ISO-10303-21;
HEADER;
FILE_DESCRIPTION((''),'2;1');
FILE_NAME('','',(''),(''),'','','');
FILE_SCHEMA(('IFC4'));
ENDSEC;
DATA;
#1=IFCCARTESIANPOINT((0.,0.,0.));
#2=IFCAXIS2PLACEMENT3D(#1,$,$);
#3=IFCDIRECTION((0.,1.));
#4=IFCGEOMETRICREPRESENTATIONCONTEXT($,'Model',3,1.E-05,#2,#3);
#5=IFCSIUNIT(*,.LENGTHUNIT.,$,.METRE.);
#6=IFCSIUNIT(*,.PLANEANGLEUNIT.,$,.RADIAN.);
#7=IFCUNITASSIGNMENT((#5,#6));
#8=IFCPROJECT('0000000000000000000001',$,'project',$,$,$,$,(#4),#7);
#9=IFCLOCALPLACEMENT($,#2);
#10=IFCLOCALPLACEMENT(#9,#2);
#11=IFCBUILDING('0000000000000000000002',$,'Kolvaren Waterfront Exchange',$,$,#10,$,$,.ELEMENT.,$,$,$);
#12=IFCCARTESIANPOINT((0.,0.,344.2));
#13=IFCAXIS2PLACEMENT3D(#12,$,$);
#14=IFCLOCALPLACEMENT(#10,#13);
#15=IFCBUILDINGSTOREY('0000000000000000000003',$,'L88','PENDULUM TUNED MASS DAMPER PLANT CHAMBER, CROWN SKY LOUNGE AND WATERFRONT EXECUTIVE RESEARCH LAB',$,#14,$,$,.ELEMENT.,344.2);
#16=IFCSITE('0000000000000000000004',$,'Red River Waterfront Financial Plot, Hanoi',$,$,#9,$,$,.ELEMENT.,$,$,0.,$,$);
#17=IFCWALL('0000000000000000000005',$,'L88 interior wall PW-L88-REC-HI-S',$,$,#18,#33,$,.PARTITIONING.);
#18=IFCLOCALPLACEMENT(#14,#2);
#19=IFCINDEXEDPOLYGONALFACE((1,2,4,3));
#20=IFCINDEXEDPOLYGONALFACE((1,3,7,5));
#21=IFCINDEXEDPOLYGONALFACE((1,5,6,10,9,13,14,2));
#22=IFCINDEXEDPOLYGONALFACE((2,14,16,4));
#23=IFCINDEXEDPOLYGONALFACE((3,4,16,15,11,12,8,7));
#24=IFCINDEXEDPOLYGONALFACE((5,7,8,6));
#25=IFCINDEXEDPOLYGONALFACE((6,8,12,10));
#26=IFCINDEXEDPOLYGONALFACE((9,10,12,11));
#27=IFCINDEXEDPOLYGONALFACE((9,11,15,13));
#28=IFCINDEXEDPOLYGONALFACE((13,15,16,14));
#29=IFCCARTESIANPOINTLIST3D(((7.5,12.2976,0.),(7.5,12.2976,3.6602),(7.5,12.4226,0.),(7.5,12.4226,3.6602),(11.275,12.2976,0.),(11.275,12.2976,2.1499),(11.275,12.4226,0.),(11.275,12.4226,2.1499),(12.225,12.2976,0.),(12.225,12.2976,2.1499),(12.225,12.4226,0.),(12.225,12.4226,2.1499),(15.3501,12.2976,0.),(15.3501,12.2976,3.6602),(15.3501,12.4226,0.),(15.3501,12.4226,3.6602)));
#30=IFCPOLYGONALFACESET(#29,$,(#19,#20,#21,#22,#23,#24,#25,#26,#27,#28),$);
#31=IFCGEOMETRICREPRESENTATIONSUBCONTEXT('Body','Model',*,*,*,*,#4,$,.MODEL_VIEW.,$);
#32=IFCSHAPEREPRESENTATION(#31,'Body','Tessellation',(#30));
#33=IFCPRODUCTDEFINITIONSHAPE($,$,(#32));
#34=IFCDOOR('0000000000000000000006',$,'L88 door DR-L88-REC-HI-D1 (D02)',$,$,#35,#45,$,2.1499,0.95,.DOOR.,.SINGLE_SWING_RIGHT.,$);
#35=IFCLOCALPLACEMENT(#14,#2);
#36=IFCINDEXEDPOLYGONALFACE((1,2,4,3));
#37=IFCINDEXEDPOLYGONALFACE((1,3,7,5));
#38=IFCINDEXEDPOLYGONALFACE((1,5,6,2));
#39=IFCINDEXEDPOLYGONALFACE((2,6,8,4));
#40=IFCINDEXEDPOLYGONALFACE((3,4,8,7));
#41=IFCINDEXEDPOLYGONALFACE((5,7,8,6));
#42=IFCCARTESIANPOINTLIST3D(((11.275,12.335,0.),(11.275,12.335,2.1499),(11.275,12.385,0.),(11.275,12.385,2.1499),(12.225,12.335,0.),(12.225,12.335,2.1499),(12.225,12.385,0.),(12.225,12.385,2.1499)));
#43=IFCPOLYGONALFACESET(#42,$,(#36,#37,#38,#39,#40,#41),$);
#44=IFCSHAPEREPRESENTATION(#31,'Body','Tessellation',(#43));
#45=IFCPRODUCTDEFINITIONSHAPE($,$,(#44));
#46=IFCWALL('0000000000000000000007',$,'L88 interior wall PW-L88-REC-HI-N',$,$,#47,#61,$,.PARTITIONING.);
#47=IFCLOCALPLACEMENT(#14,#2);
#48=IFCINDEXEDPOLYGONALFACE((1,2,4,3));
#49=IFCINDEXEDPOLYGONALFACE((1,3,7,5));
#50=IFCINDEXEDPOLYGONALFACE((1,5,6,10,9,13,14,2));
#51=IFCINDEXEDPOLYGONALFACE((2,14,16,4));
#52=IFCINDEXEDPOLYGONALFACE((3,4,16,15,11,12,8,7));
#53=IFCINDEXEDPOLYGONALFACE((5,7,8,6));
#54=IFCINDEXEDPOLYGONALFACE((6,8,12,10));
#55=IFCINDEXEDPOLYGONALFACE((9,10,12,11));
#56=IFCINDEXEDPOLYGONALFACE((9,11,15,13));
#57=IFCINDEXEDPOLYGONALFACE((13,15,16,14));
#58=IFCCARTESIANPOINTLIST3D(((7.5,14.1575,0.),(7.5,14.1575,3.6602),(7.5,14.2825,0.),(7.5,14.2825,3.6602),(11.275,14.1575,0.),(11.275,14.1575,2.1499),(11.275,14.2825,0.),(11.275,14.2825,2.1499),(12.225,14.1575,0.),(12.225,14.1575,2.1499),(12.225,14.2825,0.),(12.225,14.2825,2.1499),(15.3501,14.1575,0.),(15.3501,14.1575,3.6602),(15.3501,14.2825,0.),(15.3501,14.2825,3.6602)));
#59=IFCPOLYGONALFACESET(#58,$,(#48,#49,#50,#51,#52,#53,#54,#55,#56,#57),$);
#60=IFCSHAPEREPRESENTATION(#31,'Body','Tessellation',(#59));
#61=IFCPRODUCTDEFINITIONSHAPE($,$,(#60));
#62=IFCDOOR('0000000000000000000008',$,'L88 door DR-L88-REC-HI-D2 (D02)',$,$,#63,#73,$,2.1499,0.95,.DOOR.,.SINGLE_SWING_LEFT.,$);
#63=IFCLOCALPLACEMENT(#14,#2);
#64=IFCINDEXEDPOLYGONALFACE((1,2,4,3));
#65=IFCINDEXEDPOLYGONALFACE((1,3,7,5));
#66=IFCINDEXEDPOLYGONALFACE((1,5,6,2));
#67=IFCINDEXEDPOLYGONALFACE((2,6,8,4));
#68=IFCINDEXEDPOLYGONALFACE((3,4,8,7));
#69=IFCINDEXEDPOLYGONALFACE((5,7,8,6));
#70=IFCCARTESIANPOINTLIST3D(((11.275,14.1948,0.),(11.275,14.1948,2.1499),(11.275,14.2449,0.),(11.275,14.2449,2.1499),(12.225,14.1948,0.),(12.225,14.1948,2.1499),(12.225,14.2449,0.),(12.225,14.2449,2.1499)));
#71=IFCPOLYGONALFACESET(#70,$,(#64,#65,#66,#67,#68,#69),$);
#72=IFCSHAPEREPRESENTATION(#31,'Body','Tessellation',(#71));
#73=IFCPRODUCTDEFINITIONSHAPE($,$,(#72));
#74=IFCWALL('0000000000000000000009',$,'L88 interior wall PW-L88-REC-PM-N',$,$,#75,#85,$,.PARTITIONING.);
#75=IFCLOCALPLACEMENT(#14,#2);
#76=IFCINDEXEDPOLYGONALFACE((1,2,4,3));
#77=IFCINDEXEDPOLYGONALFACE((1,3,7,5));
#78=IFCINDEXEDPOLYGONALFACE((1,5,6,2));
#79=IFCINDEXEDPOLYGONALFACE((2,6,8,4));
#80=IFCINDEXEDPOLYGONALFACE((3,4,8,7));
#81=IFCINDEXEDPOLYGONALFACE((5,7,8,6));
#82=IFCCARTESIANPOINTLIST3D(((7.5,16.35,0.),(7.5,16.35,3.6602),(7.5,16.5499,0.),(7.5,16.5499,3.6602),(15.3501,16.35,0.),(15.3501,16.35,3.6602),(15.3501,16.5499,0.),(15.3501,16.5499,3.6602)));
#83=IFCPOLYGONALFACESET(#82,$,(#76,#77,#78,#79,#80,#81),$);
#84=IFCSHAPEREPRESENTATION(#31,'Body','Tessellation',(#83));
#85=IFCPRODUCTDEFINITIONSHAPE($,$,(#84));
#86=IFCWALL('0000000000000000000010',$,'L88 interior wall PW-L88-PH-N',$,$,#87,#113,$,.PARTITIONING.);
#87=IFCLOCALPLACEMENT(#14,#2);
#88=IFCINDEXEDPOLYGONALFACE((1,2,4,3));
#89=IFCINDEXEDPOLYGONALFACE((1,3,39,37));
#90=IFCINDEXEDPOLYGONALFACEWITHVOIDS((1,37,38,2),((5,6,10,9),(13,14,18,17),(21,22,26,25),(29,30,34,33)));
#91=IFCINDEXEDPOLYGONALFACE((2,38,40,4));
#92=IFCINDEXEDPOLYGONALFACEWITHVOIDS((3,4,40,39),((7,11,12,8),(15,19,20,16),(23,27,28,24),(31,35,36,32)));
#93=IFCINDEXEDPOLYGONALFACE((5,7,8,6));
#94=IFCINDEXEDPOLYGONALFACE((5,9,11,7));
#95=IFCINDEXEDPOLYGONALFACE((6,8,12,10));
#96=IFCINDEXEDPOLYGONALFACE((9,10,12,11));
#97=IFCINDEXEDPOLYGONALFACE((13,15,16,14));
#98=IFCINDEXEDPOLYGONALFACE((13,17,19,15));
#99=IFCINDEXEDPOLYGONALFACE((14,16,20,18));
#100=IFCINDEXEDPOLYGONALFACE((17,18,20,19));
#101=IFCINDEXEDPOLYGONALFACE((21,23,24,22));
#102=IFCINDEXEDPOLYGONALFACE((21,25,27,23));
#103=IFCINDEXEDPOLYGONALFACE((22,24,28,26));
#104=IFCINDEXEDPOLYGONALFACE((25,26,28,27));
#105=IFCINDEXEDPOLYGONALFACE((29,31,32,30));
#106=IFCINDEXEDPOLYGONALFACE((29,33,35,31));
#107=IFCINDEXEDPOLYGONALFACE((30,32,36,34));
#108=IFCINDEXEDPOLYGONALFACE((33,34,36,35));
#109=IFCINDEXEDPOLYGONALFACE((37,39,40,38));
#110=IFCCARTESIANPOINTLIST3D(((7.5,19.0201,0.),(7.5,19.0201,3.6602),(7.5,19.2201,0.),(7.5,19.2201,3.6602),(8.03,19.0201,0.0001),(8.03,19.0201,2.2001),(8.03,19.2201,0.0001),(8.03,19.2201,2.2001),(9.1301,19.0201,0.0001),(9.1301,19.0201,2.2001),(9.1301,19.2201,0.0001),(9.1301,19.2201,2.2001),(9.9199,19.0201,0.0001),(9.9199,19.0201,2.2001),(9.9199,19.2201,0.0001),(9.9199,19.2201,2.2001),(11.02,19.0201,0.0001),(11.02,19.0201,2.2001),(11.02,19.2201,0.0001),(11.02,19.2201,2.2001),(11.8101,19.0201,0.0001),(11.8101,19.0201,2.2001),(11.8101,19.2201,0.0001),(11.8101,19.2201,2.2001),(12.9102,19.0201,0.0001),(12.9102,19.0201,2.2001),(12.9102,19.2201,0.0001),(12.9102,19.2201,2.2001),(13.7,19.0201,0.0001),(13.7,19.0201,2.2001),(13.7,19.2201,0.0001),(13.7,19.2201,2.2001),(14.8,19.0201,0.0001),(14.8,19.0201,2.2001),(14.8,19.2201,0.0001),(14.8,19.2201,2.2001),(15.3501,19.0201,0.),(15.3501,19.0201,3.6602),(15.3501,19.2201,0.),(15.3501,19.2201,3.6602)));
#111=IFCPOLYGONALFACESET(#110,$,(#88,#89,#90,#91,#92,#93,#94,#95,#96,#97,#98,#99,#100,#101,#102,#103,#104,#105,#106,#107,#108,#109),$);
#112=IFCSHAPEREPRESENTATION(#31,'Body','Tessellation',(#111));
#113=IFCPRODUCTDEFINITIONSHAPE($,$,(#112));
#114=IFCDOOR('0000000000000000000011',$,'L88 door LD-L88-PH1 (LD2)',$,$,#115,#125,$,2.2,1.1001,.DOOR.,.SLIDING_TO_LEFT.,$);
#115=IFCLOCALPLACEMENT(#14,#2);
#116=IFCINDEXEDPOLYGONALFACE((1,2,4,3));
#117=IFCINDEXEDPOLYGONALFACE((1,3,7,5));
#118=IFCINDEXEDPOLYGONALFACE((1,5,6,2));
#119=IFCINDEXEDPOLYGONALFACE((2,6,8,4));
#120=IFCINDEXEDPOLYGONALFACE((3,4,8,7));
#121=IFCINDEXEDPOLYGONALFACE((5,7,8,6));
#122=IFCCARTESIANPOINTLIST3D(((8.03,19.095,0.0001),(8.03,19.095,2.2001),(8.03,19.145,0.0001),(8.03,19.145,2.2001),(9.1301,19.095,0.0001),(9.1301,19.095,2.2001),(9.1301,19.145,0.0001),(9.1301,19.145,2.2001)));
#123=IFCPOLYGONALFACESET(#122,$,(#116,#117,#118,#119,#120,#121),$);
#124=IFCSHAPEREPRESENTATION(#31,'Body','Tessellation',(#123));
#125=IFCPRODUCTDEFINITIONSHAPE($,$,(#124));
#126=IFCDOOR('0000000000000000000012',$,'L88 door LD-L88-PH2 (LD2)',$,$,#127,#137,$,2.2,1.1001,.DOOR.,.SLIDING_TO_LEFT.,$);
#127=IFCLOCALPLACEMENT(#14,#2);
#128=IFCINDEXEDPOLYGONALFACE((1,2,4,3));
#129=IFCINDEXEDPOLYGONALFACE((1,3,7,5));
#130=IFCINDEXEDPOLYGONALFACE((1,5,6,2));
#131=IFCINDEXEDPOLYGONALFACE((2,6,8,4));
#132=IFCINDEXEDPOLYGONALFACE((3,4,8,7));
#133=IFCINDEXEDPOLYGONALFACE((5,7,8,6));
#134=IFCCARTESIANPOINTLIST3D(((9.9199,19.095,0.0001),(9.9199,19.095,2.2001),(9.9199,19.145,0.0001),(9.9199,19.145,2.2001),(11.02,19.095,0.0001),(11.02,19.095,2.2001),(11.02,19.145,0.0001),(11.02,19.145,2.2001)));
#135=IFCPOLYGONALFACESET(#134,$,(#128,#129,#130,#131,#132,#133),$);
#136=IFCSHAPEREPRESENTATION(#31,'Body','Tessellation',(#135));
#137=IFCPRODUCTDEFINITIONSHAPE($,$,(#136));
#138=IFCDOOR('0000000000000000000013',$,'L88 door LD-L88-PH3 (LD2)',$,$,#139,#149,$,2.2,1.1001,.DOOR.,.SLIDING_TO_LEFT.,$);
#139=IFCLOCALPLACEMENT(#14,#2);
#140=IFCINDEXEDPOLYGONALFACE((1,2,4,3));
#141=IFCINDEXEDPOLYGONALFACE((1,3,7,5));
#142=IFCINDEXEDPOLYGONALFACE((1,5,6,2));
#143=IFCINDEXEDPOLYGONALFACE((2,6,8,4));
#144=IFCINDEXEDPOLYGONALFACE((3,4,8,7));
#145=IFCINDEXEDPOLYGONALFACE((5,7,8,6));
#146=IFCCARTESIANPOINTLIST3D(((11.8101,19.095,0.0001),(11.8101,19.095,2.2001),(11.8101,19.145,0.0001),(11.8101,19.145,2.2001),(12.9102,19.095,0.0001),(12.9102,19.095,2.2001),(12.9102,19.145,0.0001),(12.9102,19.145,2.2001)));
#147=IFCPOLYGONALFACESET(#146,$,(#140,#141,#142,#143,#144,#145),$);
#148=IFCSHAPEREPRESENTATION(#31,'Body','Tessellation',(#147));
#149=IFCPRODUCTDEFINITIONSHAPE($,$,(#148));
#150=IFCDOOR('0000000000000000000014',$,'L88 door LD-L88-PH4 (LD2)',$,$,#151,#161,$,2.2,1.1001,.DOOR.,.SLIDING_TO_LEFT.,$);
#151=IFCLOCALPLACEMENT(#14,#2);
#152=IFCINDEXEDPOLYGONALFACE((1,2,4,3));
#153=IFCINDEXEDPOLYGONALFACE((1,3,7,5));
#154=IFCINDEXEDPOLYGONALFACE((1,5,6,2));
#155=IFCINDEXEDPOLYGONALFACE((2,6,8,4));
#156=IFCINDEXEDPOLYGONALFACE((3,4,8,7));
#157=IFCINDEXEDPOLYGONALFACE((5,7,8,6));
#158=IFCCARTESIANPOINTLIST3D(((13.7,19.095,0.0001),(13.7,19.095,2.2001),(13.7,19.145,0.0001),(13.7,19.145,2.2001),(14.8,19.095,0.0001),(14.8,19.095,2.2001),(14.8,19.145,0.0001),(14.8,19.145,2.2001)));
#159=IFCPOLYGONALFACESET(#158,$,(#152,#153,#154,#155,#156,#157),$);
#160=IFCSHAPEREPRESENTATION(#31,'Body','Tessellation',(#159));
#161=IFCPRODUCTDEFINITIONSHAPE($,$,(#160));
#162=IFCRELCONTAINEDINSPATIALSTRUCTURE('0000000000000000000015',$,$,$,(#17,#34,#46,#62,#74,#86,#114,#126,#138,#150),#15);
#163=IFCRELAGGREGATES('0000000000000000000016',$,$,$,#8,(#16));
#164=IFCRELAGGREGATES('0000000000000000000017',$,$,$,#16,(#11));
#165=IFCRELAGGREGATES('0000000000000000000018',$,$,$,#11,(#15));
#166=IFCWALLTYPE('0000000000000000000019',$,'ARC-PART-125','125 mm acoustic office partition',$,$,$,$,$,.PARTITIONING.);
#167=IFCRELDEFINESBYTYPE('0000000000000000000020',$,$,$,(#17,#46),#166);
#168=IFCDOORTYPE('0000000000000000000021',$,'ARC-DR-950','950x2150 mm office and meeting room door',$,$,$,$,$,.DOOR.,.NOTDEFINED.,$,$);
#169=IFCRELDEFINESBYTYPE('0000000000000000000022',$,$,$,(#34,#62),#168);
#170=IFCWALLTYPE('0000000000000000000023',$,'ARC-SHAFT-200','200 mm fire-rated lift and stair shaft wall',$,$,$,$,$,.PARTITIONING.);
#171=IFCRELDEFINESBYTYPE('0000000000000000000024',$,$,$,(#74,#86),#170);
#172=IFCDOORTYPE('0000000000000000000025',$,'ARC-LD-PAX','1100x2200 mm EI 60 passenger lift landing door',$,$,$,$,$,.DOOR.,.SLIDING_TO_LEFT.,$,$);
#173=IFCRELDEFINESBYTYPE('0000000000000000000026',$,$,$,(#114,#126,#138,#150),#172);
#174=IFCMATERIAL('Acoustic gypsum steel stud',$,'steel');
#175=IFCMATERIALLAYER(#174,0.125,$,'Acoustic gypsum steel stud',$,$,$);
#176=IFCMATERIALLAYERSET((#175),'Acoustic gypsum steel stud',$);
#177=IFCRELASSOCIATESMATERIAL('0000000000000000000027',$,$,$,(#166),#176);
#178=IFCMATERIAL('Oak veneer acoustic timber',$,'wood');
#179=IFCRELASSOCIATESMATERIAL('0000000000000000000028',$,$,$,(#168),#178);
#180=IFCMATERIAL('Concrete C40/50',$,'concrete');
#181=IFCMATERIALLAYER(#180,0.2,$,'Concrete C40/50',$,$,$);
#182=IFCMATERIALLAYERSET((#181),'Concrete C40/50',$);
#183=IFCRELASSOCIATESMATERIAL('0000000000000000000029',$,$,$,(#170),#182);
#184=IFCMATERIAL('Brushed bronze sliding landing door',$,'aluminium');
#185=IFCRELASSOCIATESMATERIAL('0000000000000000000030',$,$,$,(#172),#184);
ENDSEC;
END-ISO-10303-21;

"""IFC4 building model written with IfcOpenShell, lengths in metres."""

from ifc_helpers import new_model, si_unit, direction, frame, frame_2d, origin, place, context, subcontext, project, spatial, rectangle, extrude, material, layer, layer_set, type_object, element, fill, save


model = new_model("IFC4")

# Units and contexts
model_context = context("Model", 3, precision=1e-05, world=origin(), true_north=direction((0.0, 1.0)))
body_context = subcontext(model_context, "Body", "Model", "MODEL_VIEW")
ifc_project = project(units=[si_unit("LENGTHUNIT", "METRE"), si_unit("PLANEANGLEUNIT", "RADIAN")], contexts=[model_context])

# Site, building, storey
site_placement = place(None, origin())
site = spatial("IfcSite", under=ifc_project, at=site_placement, Name="Red River Waterfront Financial Plot, Hanoi", CompositionType="ELEMENT", RefElevation=0.0)
building_placement = place(site_placement, origin())
building = spatial("IfcBuilding", under=site, at=building_placement, Name="Kolvaren Waterfront Exchange", CompositionType="ELEMENT")
storey_placement = place(building_placement, frame((0.0, 0.0, 344.2)))
storey = spatial("IfcBuildingStorey", under=building, at=storey_placement, Name="L88", Description="PENDULUM TUNED MASS DAMPER PLANT CHAMBER, CROWN SKY LOUNGE AND WATERFRONT EXECUTIVE RESEARCH LAB", CompositionType="ELEMENT", Elevation=344.2)

# Walls, openings, doors
ifc_material_1 = material(Name="Acoustic gypsum steel stud", Category="steel")
ifc_layer_1 = layer(ifc_material_1, 0.125, Name="Acoustic gypsum steel stud")
ifc_layer_set_1 = layer_set([ifc_layer_1], Name="Acoustic gypsum steel stud")
wall_type_1 = type_object("IfcWallType", Name="ARC-PART-125", Description="125 mm acoustic office partition", PredefinedType="PARTITIONING", material=ifc_layer_set_1)
wall_1_placement = place(storey_placement, frame((7.5, 12.3601, 0.0), z_axis=(0.0, 0.0, 1.0), x_axis=(1.0, 0.0, 0.0)))
wall_1 = element("IfcWall", 1, at=wall_1_placement, inside=storey, type_object=wall_type_1, Name="L88 interior wall PW-L88-REC-HI-S", PredefinedType="PARTITIONING", context=body_context, shape_type="SweptSolid", body=[
    extrude(rectangle(XDim=7.8501, YDim=0.125, at=frame_2d((3.925, 0.0))), origin(), (0.0, 0.0, 1.0), 3.6602),
])
opening_1_placement = place(wall_1_placement, frame((3.7749, 0.0, 0.0)))
opening_1 = element("IfcOpeningElement", 2, at=opening_1_placement, cuts=wall_1, PredefinedType="OPENING", context=body_context, shape_type="SweptSolid", body=[
    extrude(rectangle(XDim=0.95, YDim=2.1499, at=frame_2d((0.4751, 1.075))), frame((0.0, 0.0725, 0.0), z_axis=(0.0, -1.0, 0.0), x_axis=(1.0, 0.0, 0.0)), (0.0, 0.0, 1.0), 0.145),
])
ifc_material_2 = material(Name="Oak veneer acoustic timber", Category="wood")
door_type_1 = type_object("IfcDoorType", Name="ARC-DR-950", Description="950x2150 mm office and meeting room door", OperationType="NOTDEFINED", PredefinedType="DOOR", material=ifc_material_2)
door_1_placement = place(opening_1_placement, origin())
door_1 = element("IfcDoor", 3, at=door_1_placement, inside=storey, type_object=door_type_1, Name="L88 door DR-L88-REC-HI-D1 (D02)", OperationType="SINGLE_SWING_RIGHT", OverallHeight=2.1499, OverallWidth=0.95, PredefinedType="DOOR", context=body_context, shape_type="SweptSolid", body=[
    extrude(rectangle(XDim=0.95, YDim=2.1499, at=frame_2d((0.4751, 1.075))), frame((0.0, 0.0249, 0.0), z_axis=(0.0, -1.0, 0.0), x_axis=(1.0, 0.0, 0.0)), (0.0, 0.0, 1.0), 0.05),
])
fill(opening_1, door_1)
wall_2_placement = place(storey_placement, frame((7.5, 14.22, 0.0), z_axis=(0.0, 0.0, 1.0), x_axis=(1.0, 0.0, 0.0)))
wall_2 = element("IfcWall", 4, at=wall_2_placement, inside=storey, type_object=wall_type_1, Name="L88 interior wall PW-L88-REC-HI-N", PredefinedType="PARTITIONING", context=body_context, shape_type="SweptSolid", body=[
    extrude(rectangle(XDim=7.8501, YDim=0.125, at=frame_2d((3.925, 0.0))), origin(), (0.0, 0.0, 1.0), 3.6602),
])
opening_2_placement = place(wall_2_placement, frame((3.7749, 0.0, 0.0)))
opening_2 = element("IfcOpeningElement", 5, at=opening_2_placement, cuts=wall_2, PredefinedType="OPENING", context=body_context, shape_type="SweptSolid", body=[
    extrude(rectangle(XDim=0.95, YDim=2.1499, at=frame_2d((0.4751, 1.075))), frame((0.0, 0.0725, 0.0), z_axis=(0.0, -1.0, 0.0), x_axis=(1.0, 0.0, 0.0)), (0.0, 0.0, 1.0), 0.145),
])
door_2_placement = place(opening_2_placement, origin())
door_2 = element("IfcDoor", 6, at=door_2_placement, inside=storey, type_object=door_type_1, Name="L88 door DR-L88-REC-HI-D2 (D02)", OperationType="SINGLE_SWING_LEFT", OverallHeight=2.1499, OverallWidth=0.95, PredefinedType="DOOR", context=body_context, shape_type="SweptSolid", body=[
    extrude(rectangle(XDim=0.95, YDim=2.1499, at=frame_2d((0.4751, 1.075))), frame((0.0, 0.0249, 0.0), z_axis=(0.0, -1.0, 0.0), x_axis=(1.0, 0.0, 0.0)), (0.0, 0.0, 1.0), 0.05),
])
fill(opening_2, door_2)

# Wall
ifc_material_3 = material(Name="Concrete C40/50", Category="concrete")
ifc_layer_2 = layer(ifc_material_3, 0.2, Name="Concrete C40/50")
ifc_layer_set_2 = layer_set([ifc_layer_2], Name="Concrete C40/50")
wall_type_2 = type_object("IfcWallType", Name="ARC-SHAFT-200", Description="200 mm fire-rated lift and stair shaft wall", PredefinedType="PARTITIONING", material=ifc_layer_set_2)
wall_3_placement = place(storey_placement, frame((7.5, 16.45, 0.0), z_axis=(0.0, 0.0, 1.0), x_axis=(1.0, 0.0, 0.0)))
element("IfcWall", 7, at=wall_3_placement, inside=storey, type_object=wall_type_2, Name="L88 interior wall PW-L88-REC-PM-N", PredefinedType="PARTITIONING", context=body_context, shape_type="SweptSolid", body=[
    extrude(rectangle(XDim=7.8501, YDim=0.2, at=frame_2d((3.925, 0.0))), origin(), (0.0, 0.0, 1.0), 3.6602),
])

# Wall, openings, doors
wall_4_placement = place(storey_placement, frame((7.5, 19.1201, 0.0), z_axis=(0.0, 0.0, 1.0), x_axis=(1.0, 0.0, 0.0)))
wall_4 = element("IfcWall", 8, at=wall_4_placement, inside=storey, type_object=wall_type_2, Name="L88 interior wall PW-L88-PH-N", PredefinedType="PARTITIONING", context=body_context, shape_type="SweptSolid", body=[
    extrude(rectangle(XDim=7.8501, YDim=0.2, at=frame_2d((3.925, 0.0))), origin(), (0.0, 0.0, 1.0), 3.6602),
])
opening_3_placement = place(wall_4_placement, frame((0.53, 0.0, 0.0)))
opening_3 = element("IfcOpeningElement", 9, at=opening_3_placement, cuts=wall_4, PredefinedType="OPENING", context=body_context, shape_type="SweptSolid", body=[
    extrude(rectangle(XDim=1.1001, YDim=2.2, at=frame_2d((0.55, 1.1001))), frame((0.0, 0.1099, 0.0), z_axis=(0.0, -1.0, 0.0), x_axis=(1.0, 0.0, 0.0)), (0.0, 0.0, 1.0), 0.22),
])
opening_4_placement = place(wall_4_placement, frame((2.4199, 0.0, 0.0)))
opening_4 = element("IfcOpeningElement", 10, at=opening_4_placement, cuts=wall_4, PredefinedType="OPENING", context=body_context, shape_type="SweptSolid", body=[
    extrude(rectangle(XDim=1.1001, YDim=2.2, at=frame_2d((0.55, 1.1001))), frame((0.0, 0.1099, 0.0), z_axis=(0.0, -1.0, 0.0), x_axis=(1.0, 0.0, 0.0)), (0.0, 0.0, 1.0), 0.22),
])
opening_5_placement = place(wall_4_placement, frame((4.3101, 0.0, 0.0)))
opening_5 = element("IfcOpeningElement", 11, at=opening_5_placement, cuts=wall_4, PredefinedType="OPENING", context=body_context, shape_type="SweptSolid", body=[
    extrude(rectangle(XDim=1.1001, YDim=2.2, at=frame_2d((0.55, 1.1001))), frame((0.0, 0.1099, 0.0), z_axis=(0.0, -1.0, 0.0), x_axis=(1.0, 0.0, 0.0)), (0.0, 0.0, 1.0), 0.22),
])
opening_6_placement = place(wall_4_placement, frame((6.2, 0.0, 0.0)))
opening_6 = element("IfcOpeningElement", 12, at=opening_6_placement, cuts=wall_4, PredefinedType="OPENING", context=body_context, shape_type="SweptSolid", body=[
    extrude(rectangle(XDim=1.1001, YDim=2.2, at=frame_2d((0.55, 1.1001))), frame((0.0, 0.1099, 0.0), z_axis=(0.0, -1.0, 0.0), x_axis=(1.0, 0.0, 0.0)), (0.0, 0.0, 1.0), 0.22),
])
ifc_material_4 = material(Name="Brushed bronze sliding landing door", Category="aluminium")
door_type_2 = type_object("IfcDoorType", Name="ARC-LD-PAX", Description="1100x2200 mm EI 60 passenger lift landing door", OperationType="SLIDING_TO_LEFT", PredefinedType="DOOR", material=ifc_material_4)
door_3_placement = place(opening_3_placement, origin())
door_3 = element("IfcDoor", 13, at=door_3_placement, inside=storey, type_object=door_type_2, Name="L88 door LD-L88-PH1 (LD2)", OperationType="SLIDING_TO_LEFT", OverallHeight=2.2, OverallWidth=1.1001, PredefinedType="DOOR", context=body_context, shape_type="SweptSolid", body=[
    extrude(rectangle(XDim=1.1001, YDim=2.2, at=frame_2d((0.55, 1.1001))), frame((0.0, 0.0249, 0.0), z_axis=(0.0, -1.0, 0.0), x_axis=(1.0, 0.0, 0.0)), (0.0, 0.0, 1.0), 0.05),
])
fill(opening_3, door_3)
door_4_placement = place(opening_4_placement, origin())
door_4 = element("IfcDoor", 14, at=door_4_placement, inside=storey, type_object=door_type_2, Name="L88 door LD-L88-PH2 (LD2)", OperationType="SLIDING_TO_LEFT", OverallHeight=2.2, OverallWidth=1.1001, PredefinedType="DOOR", context=body_context, shape_type="SweptSolid", body=[
    extrude(rectangle(XDim=1.1001, YDim=2.2, at=frame_2d((0.55, 1.1001))), frame((0.0, 0.0249, 0.0), z_axis=(0.0, -1.0, 0.0), x_axis=(1.0, 0.0, 0.0)), (0.0, 0.0, 1.0), 0.05),
])
fill(opening_4, door_4)
door_5_placement = place(opening_5_placement, origin())
door_5 = element("IfcDoor", 15, at=door_5_placement, inside=storey, type_object=door_type_2, Name="L88 door LD-L88-PH3 (LD2)", OperationType="SLIDING_TO_LEFT", OverallHeight=2.2, OverallWidth=1.1001, PredefinedType="DOOR", context=body_context, shape_type="SweptSolid", body=[
    extrude(rectangle(XDim=1.1001, YDim=2.2, at=frame_2d((0.55, 1.1001))), frame((0.0, 0.0249, 0.0), z_axis=(0.0, -1.0, 0.0), x_axis=(1.0, 0.0, 0.0)), (0.0, 0.0, 1.0), 0.05),
])
fill(opening_5, door_5)
door_6_placement = place(opening_6_placement, origin())
door_6 = element("IfcDoor", 16, at=door_6_placement, inside=storey, type_object=door_type_2, Name="L88 door LD-L88-PH4 (LD2)", OperationType="SLIDING_TO_LEFT", OverallHeight=2.2, OverallWidth=1.1001, PredefinedType="DOOR", context=body_context, shape_type="SweptSolid", body=[
    extrude(rectangle(XDim=1.1001, YDim=2.2, at=frame_2d((0.55, 1.1001))), frame((0.0, 0.0249, 0.0), z_axis=(0.0, -1.0, 0.0), x_axis=(1.0, 0.0, 0.0)), (0.0, 0.0, 1.0), 0.05),
])
fill(opening_6, door_6)

save(model, "model.ifc")
